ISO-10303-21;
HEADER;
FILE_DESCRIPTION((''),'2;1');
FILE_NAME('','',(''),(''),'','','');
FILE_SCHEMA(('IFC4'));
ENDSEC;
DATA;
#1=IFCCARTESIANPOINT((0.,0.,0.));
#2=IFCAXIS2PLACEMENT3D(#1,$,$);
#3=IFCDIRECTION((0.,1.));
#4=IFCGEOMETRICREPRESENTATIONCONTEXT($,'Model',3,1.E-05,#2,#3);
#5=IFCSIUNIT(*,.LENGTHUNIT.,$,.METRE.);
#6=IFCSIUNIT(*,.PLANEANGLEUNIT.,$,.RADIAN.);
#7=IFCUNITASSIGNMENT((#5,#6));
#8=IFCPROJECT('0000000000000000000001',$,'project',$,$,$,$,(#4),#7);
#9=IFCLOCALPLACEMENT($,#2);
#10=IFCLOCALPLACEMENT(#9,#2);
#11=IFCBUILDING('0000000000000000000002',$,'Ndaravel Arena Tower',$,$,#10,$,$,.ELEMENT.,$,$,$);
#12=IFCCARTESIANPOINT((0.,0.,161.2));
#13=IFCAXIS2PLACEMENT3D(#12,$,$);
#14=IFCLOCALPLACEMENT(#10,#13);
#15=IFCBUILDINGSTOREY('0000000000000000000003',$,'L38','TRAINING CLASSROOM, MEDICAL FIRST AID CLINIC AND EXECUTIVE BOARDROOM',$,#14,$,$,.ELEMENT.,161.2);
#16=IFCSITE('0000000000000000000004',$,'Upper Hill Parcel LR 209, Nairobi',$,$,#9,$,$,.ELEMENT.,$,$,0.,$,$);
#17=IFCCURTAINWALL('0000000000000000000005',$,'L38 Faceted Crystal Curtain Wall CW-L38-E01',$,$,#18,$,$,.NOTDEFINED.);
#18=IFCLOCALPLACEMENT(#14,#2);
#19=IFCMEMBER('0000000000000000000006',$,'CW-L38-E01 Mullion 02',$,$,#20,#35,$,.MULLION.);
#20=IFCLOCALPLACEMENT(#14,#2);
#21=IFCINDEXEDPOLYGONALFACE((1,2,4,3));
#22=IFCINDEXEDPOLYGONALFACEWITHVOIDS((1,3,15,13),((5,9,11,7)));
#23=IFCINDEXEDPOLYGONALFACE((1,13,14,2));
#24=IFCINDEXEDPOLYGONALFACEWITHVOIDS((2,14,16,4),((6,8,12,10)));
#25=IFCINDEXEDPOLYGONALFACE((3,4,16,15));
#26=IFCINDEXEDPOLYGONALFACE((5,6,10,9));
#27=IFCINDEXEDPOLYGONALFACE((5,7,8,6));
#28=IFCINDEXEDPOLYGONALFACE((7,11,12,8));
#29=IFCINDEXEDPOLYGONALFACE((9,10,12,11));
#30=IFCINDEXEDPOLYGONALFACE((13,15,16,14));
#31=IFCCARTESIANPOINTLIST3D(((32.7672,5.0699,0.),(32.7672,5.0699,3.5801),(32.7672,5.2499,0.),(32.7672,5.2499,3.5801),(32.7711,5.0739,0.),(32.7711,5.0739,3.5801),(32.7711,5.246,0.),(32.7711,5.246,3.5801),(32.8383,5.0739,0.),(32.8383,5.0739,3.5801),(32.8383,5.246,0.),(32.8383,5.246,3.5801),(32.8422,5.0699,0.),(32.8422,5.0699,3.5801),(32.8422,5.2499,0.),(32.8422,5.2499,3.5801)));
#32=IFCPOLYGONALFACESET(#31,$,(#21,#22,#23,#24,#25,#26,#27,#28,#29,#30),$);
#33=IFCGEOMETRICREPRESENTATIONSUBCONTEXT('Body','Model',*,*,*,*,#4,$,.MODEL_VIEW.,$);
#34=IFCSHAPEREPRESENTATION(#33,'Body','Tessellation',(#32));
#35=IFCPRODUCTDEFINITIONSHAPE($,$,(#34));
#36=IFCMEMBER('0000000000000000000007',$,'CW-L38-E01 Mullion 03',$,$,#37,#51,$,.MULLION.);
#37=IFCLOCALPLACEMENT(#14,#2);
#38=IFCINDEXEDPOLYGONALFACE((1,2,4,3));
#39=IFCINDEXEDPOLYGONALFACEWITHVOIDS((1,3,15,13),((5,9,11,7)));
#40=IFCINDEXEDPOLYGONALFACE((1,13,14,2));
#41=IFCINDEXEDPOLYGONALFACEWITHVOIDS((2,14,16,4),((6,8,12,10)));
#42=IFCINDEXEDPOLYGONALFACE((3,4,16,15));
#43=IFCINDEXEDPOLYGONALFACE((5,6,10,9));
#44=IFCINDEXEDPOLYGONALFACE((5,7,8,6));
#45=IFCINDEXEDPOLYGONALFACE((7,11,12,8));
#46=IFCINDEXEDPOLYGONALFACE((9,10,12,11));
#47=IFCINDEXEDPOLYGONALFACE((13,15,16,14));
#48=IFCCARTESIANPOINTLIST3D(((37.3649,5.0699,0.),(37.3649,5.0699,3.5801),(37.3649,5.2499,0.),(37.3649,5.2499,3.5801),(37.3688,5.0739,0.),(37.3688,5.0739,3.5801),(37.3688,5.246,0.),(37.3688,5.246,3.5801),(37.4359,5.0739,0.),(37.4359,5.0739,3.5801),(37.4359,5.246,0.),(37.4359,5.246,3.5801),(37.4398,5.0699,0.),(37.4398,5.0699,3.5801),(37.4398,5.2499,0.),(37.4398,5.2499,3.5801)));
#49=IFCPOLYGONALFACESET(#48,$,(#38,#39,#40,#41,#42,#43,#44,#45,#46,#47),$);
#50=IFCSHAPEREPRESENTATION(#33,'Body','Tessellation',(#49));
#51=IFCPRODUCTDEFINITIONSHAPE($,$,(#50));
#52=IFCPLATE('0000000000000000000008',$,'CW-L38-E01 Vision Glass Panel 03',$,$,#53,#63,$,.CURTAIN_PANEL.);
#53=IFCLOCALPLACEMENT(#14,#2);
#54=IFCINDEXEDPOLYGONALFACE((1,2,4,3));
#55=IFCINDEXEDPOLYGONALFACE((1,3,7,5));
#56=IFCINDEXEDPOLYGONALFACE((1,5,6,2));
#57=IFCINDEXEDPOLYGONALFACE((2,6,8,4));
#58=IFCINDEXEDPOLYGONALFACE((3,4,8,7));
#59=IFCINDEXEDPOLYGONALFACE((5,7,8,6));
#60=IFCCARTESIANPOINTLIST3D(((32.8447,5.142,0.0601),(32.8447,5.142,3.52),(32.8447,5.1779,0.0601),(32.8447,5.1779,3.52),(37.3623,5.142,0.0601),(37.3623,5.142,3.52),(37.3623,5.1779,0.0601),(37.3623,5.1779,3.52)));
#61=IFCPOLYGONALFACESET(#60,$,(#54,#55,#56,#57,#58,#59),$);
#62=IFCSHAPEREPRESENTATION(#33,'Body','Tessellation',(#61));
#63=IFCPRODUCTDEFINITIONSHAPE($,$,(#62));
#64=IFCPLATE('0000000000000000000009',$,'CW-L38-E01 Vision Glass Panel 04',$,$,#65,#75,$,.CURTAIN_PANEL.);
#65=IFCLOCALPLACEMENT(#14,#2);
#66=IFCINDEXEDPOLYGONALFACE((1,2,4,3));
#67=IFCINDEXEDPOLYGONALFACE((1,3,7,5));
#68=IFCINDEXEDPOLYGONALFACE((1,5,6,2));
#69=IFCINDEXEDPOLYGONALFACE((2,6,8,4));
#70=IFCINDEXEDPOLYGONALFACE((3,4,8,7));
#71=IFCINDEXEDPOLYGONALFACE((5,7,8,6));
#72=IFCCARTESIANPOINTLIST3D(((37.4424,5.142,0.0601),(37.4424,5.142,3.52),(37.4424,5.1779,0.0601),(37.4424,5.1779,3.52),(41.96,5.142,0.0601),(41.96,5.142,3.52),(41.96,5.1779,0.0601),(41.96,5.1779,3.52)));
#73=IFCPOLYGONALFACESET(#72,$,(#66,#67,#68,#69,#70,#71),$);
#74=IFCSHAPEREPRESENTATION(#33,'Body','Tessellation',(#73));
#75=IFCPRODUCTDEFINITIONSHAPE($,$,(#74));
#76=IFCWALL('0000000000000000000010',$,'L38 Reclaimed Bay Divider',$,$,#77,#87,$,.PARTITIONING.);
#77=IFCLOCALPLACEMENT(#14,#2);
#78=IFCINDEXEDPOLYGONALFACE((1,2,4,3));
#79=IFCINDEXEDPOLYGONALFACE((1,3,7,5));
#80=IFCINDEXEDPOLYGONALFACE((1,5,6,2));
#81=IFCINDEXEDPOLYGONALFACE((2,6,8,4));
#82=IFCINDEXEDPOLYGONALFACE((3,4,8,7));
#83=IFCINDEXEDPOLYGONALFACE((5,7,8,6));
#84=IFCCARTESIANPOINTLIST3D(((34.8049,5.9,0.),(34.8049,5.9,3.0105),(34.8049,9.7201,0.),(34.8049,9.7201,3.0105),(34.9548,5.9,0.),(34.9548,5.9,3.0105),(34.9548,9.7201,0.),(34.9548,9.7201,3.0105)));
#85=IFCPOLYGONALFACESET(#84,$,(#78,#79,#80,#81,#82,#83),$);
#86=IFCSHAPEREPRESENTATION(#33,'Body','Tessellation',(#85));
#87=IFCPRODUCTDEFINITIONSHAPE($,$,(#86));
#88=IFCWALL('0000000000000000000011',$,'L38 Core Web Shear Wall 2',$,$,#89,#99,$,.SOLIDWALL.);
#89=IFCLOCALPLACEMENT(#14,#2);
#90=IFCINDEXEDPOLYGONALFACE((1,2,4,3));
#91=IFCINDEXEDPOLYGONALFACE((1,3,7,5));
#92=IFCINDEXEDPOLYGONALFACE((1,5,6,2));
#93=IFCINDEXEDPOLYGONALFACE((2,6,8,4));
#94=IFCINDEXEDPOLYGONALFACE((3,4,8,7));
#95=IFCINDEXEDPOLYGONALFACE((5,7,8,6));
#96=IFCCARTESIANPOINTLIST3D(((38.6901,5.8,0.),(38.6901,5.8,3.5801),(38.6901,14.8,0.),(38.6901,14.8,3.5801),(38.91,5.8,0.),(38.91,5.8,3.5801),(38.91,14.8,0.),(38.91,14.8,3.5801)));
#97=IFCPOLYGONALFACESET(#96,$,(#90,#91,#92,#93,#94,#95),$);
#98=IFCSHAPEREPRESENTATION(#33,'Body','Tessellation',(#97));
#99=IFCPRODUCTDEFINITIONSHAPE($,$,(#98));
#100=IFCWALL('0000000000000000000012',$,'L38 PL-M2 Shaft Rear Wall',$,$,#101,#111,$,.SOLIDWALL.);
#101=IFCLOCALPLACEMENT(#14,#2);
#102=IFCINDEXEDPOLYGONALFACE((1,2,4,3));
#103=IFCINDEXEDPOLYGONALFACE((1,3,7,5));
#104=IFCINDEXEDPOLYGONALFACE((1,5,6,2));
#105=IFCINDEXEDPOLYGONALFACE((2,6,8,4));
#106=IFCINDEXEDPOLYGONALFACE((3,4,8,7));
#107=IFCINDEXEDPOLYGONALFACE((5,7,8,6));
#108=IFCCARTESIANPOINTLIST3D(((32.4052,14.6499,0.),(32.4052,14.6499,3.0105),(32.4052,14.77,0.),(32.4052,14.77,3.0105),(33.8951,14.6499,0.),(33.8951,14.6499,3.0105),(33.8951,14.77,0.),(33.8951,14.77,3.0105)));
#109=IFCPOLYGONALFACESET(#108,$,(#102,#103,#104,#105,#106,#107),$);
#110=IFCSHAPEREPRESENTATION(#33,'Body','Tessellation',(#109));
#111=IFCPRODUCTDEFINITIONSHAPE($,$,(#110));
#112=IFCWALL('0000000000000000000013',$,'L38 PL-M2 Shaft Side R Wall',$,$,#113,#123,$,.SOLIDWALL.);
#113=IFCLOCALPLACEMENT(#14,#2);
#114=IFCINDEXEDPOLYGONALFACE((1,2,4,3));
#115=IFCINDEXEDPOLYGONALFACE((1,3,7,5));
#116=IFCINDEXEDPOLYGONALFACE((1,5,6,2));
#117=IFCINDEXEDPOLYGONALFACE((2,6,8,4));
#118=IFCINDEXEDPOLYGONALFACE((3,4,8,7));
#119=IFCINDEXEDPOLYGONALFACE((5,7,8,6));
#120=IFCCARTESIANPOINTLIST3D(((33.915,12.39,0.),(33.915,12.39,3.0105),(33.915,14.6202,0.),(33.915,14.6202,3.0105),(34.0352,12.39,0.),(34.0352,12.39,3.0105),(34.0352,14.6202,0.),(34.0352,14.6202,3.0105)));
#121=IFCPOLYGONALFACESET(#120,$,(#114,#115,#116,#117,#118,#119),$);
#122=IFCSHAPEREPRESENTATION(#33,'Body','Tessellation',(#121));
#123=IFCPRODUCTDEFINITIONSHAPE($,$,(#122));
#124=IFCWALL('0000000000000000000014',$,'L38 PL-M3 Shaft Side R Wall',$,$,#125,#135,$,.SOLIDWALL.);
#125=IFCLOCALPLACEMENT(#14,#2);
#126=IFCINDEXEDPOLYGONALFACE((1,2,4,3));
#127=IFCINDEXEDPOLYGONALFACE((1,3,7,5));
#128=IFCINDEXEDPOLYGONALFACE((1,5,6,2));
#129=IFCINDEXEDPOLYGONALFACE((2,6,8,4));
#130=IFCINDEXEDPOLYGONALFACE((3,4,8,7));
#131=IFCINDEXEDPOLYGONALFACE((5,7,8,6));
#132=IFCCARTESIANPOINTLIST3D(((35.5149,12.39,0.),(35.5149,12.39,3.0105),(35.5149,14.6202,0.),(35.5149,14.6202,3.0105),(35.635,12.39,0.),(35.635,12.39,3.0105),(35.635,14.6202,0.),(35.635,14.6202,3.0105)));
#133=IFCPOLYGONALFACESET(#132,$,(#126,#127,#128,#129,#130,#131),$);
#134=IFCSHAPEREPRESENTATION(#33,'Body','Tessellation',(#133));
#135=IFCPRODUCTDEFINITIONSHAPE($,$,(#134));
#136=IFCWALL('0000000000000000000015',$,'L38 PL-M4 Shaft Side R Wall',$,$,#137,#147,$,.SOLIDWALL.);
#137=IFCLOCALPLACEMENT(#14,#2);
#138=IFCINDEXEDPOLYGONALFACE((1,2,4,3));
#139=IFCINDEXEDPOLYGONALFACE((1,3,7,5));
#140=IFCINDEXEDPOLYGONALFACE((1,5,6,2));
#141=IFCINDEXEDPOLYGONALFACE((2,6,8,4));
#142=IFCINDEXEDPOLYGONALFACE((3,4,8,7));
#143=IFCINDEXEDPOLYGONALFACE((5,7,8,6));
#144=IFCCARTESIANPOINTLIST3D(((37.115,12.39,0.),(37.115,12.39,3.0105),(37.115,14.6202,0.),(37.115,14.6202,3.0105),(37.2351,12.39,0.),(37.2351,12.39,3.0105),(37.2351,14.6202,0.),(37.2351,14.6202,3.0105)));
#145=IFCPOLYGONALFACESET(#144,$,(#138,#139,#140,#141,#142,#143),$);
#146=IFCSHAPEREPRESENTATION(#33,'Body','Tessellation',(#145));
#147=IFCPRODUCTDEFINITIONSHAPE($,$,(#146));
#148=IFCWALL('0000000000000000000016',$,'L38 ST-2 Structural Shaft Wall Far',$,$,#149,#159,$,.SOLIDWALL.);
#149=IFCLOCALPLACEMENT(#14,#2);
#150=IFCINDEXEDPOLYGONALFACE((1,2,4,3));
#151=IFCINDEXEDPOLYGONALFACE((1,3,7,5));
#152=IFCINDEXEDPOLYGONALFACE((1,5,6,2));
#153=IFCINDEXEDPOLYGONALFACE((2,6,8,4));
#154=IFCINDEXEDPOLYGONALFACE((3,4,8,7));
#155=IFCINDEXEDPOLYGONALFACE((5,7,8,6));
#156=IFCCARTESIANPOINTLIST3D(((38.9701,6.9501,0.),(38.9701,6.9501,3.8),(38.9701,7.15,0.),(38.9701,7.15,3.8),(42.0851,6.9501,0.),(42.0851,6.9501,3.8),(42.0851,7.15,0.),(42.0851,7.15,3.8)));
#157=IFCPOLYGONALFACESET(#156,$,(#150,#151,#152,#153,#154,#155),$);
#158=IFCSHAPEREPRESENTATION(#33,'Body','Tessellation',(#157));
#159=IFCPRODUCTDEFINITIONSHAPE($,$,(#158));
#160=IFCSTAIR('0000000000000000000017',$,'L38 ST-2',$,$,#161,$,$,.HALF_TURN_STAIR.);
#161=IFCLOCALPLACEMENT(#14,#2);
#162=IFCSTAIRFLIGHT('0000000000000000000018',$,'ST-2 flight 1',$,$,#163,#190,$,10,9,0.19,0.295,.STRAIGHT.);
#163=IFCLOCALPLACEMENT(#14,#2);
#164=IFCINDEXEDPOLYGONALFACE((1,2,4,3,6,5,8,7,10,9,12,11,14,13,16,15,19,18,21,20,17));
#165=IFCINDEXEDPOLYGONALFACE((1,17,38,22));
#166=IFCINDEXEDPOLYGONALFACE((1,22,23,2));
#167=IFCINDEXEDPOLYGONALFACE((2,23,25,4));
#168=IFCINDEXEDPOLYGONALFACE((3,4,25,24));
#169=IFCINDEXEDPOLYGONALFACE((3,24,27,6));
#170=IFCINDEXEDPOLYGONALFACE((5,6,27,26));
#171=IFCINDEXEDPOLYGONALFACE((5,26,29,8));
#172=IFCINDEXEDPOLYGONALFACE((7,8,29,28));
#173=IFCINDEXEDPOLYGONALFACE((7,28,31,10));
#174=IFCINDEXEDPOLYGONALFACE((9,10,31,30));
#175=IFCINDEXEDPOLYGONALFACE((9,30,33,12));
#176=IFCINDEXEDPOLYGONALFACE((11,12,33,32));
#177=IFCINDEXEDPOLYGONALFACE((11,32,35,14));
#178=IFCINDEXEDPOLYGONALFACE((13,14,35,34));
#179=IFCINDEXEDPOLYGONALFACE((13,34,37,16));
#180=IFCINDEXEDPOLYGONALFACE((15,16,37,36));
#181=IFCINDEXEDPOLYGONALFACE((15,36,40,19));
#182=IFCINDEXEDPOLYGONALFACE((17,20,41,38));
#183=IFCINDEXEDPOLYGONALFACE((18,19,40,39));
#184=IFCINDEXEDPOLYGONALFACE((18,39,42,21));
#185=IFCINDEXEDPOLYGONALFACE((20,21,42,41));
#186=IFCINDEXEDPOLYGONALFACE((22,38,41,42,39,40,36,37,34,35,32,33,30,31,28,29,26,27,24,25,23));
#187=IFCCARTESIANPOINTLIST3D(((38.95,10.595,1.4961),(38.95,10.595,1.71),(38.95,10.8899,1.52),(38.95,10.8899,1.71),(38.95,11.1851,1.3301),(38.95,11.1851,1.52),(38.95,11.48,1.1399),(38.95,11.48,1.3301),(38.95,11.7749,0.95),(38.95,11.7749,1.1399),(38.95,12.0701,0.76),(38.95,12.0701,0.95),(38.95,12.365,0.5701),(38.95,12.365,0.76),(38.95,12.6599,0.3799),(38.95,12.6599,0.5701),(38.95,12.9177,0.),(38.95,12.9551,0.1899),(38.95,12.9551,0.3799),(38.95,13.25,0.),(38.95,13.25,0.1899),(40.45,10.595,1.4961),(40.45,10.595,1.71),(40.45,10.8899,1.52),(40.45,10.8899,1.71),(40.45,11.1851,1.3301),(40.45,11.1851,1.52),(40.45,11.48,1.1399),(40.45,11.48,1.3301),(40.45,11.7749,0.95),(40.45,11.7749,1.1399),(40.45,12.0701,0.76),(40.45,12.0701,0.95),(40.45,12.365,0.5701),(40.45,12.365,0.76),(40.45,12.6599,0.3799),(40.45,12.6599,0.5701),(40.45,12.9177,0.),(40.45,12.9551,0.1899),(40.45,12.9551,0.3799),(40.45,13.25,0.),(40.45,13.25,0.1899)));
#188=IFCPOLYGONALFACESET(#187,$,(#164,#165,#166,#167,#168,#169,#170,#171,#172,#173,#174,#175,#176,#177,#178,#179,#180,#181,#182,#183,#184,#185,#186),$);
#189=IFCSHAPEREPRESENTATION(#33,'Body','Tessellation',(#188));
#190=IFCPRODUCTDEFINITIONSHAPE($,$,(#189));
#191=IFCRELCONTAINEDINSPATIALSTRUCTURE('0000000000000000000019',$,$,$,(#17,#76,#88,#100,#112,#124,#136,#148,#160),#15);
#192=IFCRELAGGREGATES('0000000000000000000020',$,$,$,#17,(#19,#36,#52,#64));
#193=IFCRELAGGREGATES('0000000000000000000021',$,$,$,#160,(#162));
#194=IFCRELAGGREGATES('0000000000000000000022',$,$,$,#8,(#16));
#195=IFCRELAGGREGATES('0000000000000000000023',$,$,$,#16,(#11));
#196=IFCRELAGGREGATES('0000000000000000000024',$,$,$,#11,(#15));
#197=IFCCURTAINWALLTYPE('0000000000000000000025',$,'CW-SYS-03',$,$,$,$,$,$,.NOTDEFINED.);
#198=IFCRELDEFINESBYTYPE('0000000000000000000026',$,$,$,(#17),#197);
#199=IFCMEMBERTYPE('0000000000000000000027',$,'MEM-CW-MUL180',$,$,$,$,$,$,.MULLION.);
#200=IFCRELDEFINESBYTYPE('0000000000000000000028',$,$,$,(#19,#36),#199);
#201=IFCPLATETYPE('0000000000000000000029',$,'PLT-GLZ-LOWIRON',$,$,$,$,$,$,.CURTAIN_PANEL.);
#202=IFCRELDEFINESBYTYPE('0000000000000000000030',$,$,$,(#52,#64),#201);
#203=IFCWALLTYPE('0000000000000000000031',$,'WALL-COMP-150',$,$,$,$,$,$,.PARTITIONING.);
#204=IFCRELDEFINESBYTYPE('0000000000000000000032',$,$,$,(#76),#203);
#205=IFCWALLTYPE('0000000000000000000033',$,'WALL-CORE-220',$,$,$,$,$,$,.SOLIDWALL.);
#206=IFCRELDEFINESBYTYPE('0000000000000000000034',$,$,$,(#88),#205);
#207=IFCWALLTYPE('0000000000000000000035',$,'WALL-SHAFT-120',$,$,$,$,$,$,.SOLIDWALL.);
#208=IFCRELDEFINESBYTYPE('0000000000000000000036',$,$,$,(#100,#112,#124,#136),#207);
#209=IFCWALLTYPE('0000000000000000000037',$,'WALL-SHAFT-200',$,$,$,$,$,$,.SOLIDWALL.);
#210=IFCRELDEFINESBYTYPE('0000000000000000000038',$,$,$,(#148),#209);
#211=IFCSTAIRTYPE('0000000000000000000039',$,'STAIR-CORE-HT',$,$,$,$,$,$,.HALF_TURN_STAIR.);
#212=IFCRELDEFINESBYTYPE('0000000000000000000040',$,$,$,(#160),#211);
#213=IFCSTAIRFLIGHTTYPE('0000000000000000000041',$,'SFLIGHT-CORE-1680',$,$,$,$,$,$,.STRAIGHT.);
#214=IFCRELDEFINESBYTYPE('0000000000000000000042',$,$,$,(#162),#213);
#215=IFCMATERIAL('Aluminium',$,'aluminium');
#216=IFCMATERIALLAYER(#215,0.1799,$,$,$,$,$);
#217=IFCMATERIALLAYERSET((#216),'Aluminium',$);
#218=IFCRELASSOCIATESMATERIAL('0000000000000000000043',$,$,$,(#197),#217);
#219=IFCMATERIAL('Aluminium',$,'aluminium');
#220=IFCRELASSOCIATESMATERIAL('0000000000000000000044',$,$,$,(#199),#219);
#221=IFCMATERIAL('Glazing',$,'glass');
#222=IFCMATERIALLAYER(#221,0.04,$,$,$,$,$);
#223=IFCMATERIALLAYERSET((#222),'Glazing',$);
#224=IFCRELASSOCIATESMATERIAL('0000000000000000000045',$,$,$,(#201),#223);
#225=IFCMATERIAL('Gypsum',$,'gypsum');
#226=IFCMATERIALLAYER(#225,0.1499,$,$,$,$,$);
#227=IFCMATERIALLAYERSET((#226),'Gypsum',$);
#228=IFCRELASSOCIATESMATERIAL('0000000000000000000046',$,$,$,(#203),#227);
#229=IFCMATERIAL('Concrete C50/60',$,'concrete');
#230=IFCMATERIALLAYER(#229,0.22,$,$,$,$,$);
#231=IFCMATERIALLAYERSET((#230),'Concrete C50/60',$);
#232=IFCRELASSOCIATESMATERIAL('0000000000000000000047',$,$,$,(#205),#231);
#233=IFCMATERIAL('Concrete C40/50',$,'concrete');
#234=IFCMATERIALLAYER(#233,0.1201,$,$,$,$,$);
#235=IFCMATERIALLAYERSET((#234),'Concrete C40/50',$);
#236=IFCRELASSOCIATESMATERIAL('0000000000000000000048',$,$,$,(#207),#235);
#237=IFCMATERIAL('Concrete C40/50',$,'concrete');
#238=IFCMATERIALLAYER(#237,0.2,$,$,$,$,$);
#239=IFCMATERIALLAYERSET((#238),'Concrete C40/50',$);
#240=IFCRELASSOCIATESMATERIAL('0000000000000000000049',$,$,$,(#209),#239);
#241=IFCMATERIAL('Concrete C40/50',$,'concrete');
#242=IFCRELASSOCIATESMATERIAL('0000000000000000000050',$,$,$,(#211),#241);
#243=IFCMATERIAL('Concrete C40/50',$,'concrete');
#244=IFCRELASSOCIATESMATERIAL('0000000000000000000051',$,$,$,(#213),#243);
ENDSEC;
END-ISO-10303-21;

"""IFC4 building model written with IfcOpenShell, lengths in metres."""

from ifc_helpers import new_model, si_unit, direction, frame, frame_2d, origin, origin_2d, place, context, subcontext, project, spatial, polyline, rectangle, hollow_rectangle, outline, extrude, material, layer, layer_set, material_profile, profile_set, type_object, element, aggregate, save


model = new_model("IFC4")

# Units and contexts
model_context = context("Model", 3, precision=1e-05, world=origin(), true_north=direction((0.0, 1.0)))
body_context = subcontext(model_context, "Body", "Model", "MODEL_VIEW")
ifc_project = project(units=[si_unit("LENGTHUNIT", "METRE"), si_unit("PLANEANGLEUNIT", "RADIAN")], contexts=[model_context])

# Site, building, storey
site_placement = place(None, origin())
site = spatial("IfcSite", under=ifc_project, at=site_placement, Name="Upper Hill Parcel LR 209, Nairobi", CompositionType="ELEMENT", RefElevation=0.0)
building_placement = place(site_placement, origin())
building = spatial("IfcBuilding", under=site, at=building_placement, Name="Ndaravel Arena Tower", CompositionType="ELEMENT")
storey_placement = place(building_placement, frame((0.0, 0.0, 161.2)))
storey = spatial("IfcBuildingStorey", under=building, at=storey_placement, Name="L38", Description="TRAINING CLASSROOM, MEDICAL FIRST AID CLINIC AND EXECUTIVE BOARDROOM", CompositionType="ELEMENT", Elevation=161.2)

# Curtain wall, members, plates
ifc_material_1 = material(Name="Aluminium", Category="aluminium")
ifc_layer_1 = layer(ifc_material_1, 0.1799)
ifc_layer_set_1 = layer_set([ifc_layer_1], Name="Aluminium")
curtain_wall_type = type_object("IfcCurtainWallType", Name="CW-SYS-03", PredefinedType="NOTDEFINED", material=ifc_layer_set_1)
curtain_wall_placement = place(storey_placement, origin())
curtain_wall = element("IfcCurtainWall", 1, at=curtain_wall_placement, inside=storey, type_object=curtain_wall_type, Name="L38 Faceted Crystal Curtain Wall CW-L38-E01", PredefinedType="NOTDEFINED")
ifc_material_2 = material(Name="Aluminium", Category="aluminium")
ifc_material_profile = material_profile(ifc_material_2, hollow_rectangle(XDim=0.075, YDim=0.1799, WallThickness=0.0039, at=origin_2d()), Name="CW MULLION 75x180x4")
ifc_profile_set = profile_set([ifc_material_profile], Name="Aluminium")
member_type = type_object("IfcMemberType", Name="MEM-CW-MUL180", PredefinedType="MULLION", material=ifc_profile_set)
member_1_placement = place(storey_placement, frame((32.8047, 5.1599, 0.0), z_axis=(0.0, 0.0, 1.0), x_axis=(1.0, 0.0, 0.0)))
member_1 = element("IfcMember", 2, at=member_1_placement, type_object=member_type, Name="CW-L38-E01 Mullion 02", PredefinedType="MULLION", context=body_context, shape_type="SweptSolid", body=[
    extrude(hollow_rectangle(XDim=0.075, YDim=0.1799, WallThickness=0.0039, at=origin_2d()), origin(), (0.0, 0.0, 1.0), 3.5801),
])
member_2_placement = place(storey_placement, frame((37.4023, 5.1599, 0.0), z_axis=(0.0, 0.0, 1.0), x_axis=(1.0, 0.0, 0.0)))
member_2 = element("IfcMember", 3, at=member_2_placement, type_object=member_type, Name="CW-L38-E01 Mullion 03", PredefinedType="MULLION", context=body_context, shape_type="SweptSolid", body=[
    extrude(hollow_rectangle(XDim=0.075, YDim=0.1799, WallThickness=0.0039, at=origin_2d()), origin(), (0.0, 0.0, 1.0), 3.5801),
])
ifc_material_3 = material(Name="Glazing", Category="glass")
ifc_layer_2 = layer(ifc_material_3, 0.04)
ifc_layer_set_2 = layer_set([ifc_layer_2], Name="Glazing")
plate_type = type_object("IfcPlateType", Name="PLT-GLZ-LOWIRON", PredefinedType="CURTAIN_PANEL", material=ifc_layer_set_2)
plate_1_placement = place(storey_placement, frame((35.1035, 5.1599, 0.0601), z_axis=(0.0, 0.0, 1.0), x_axis=(1.0, 0.0, 0.0)))
plate_1 = element("IfcPlate", 4, at=plate_1_placement, type_object=plate_type, Name="CW-L38-E01 Vision Glass Panel 03", PredefinedType="CURTAIN_PANEL", context=body_context, shape_type="SweptSolid", body=[
    extrude(rectangle(XDim=4.5176, YDim=0.0359, at=origin_2d()), origin(), (0.0, 0.0, 1.0), 3.46),
])
plate_2_placement = place(storey_placement, frame((39.7012, 5.1599, 0.0601), z_axis=(0.0, 0.0, 1.0), x_axis=(1.0, 0.0, 0.0)))
plate_2 = element("IfcPlate", 5, at=plate_2_placement, type_object=plate_type, Name="CW-L38-E01 Vision Glass Panel 04", PredefinedType="CURTAIN_PANEL", context=body_context, shape_type="SweptSolid", body=[
    extrude(rectangle(XDim=4.5176, YDim=0.0359, at=origin_2d()), origin(), (0.0, 0.0, 1.0), 3.46),
])
aggregate(curtain_wall, [member_1, member_2, plate_1, plate_2])

# Walls
ifc_material_4 = material(Name="Gypsum", Category="gypsum")
ifc_layer_3 = layer(ifc_material_4, 0.1499)
ifc_layer_set_3 = layer_set([ifc_layer_3], Name="Gypsum")
wall_type_1 = type_object("IfcWallType", Name="WALL-COMP-150", PredefinedType="PARTITIONING", material=ifc_layer_set_3)
wall_1_placement = place(storey_placement, frame((34.8799, 5.8999, 0.0), z_axis=(0.0, 0.0, 1.0), x_axis=(0.0, 1.0, 0.0)))
element("IfcWall", 6, at=wall_1_placement, inside=storey, type_object=wall_type_1, Name="L38 Reclaimed Bay Divider", PredefinedType="PARTITIONING", context=body_context, shape_type="SweptSolid", body=[
    extrude(rectangle(XDim=3.8201, YDim=0.1499, at=frame_2d((1.9102, 0.0))), origin(), (0.0, 0.0, 1.0), 3.0105),
])
ifc_material_5 = material(Name="Concrete C50/60", Category="concrete")
ifc_layer_4 = layer(ifc_material_5, 0.22)
ifc_layer_set_4 = layer_set([ifc_layer_4], Name="Concrete C50/60")
wall_type_2 = type_object("IfcWallType", Name="WALL-CORE-220", PredefinedType="SOLIDWALL", material=ifc_layer_set_4)
wall_2_placement = place(storey_placement, frame((38.8, 5.8, 0.0), z_axis=(0.0, 0.0, 1.0), x_axis=(0.0, 1.0, 0.0)))
element("IfcWall", 7, at=wall_2_placement, inside=storey, type_object=wall_type_2, Name="L38 Core Web Shear Wall 2", PredefinedType="SOLIDWALL", context=body_context, shape_type="SweptSolid", body=[
    extrude(rectangle(XDim=9.0, YDim=0.22, at=frame_2d((4.5, 0.0))), origin(), (0.0, 0.0, 1.0), 3.5801),
])
ifc_material_6 = material(Name="Concrete C40/50", Category="concrete")
ifc_layer_5 = layer(ifc_material_6, 0.1201)
ifc_layer_set_5 = layer_set([ifc_layer_5], Name="Concrete C40/50")
wall_type_3 = type_object("IfcWallType", Name="WALL-SHAFT-120", PredefinedType="SOLIDWALL", material=ifc_layer_set_5)
wall_3_placement = place(storey_placement, frame((32.405, 14.71, 0.0), z_axis=(0.0, 0.0, 1.0), x_axis=(1.0, 0.0, 0.0)))
element("IfcWall", 8, at=wall_3_placement, inside=storey, type_object=wall_type_3, Name="L38 PL-M2 Shaft Rear Wall", PredefinedType="SOLIDWALL", context=body_context, shape_type="SweptSolid", body=[
    extrude(rectangle(XDim=1.49, YDim=0.1201, at=frame_2d((0.7451, 0.0))), origin(), (0.0, 0.0, 1.0), 3.0105),
])
for number, where, z_axis, x_axis, name in (
    (9, (33.9751, 12.3899, 0.0), (0.0, 0.0, 1.0), (0.0, 1.0, 0.0), "L38 PL-M2 Shaft Side R Wall"),
    (10, (35.575, 12.3899, 0.0), (0.0, 0.0, 1.0), (0.0, 1.0, 0.0), "L38 PL-M3 Shaft Side R Wall"),
    (11, (37.175, 12.3899, 0.0), (0.0, 0.0, 1.0), (0.0, 1.0, 0.0), "L38 PL-M4 Shaft Side R Wall"),
):
    element("IfcWall", number, at=place(storey_placement, frame(where, z_axis=z_axis, x_axis=x_axis)), inside=storey, type_object=wall_type_3, Name=name, PredefinedType="SOLIDWALL", context=body_context, shape_type="SweptSolid", body=[
        extrude(rectangle(XDim=2.2302, YDim=0.1201, at=frame_2d((1.1152, 0.0))), origin(), (0.0, 0.0, 1.0), 3.0105),
    ])
ifc_material_7 = material(Name="Concrete C40/50", Category="concrete")
ifc_layer_6 = layer(ifc_material_7, 0.2)
ifc_layer_set_6 = layer_set([ifc_layer_6], Name="Concrete C40/50")
wall_type_4 = type_object("IfcWallType", Name="WALL-SHAFT-200", PredefinedType="SOLIDWALL", material=ifc_layer_set_6)
wall_4_placement = place(storey_placement, frame((38.97, 7.05, 0.0), z_axis=(0.0, 0.0, 1.0), x_axis=(1.0, 0.0, 0.0)))
element("IfcWall", 12, at=wall_4_placement, inside=storey, type_object=wall_type_4, Name="L38 ST-2 Structural Shaft Wall Far", PredefinedType="SOLIDWALL", context=body_context, shape_type="SweptSolid", body=[
    extrude(rectangle(XDim=3.115, YDim=0.2, at=frame_2d((1.5576, 0.0))), origin(), (0.0, 0.0, 1.0), 3.8),
])

# Stair, stair flight
ifc_material_8 = material(Name="Concrete C40/50", Category="concrete")
stair_type = type_object("IfcStairType", Name="STAIR-CORE-HT", PredefinedType="HALF_TURN_STAIR", material=ifc_material_8)
stair_placement = place(storey_placement, origin())
stair = element("IfcStair", 13, at=stair_placement, inside=storey, type_object=stair_type, Name="L38 ST-2", PredefinedType="HALF_TURN_STAIR")
ifc_material_9 = material(Name="Concrete C40/50", Category="concrete")
stair_flight_type = type_object("IfcStairFlightType", Name="SFLIGHT-CORE-1680", PredefinedType="STRAIGHT", material=ifc_material_9)
stair_flight_1_placement = place(storey_placement, frame((39.7, 13.25, 0.0), z_axis=(0.0, 0.0, 1.0), x_axis=(0.0, -1.0, 0.0)))
stair_flight_1 = element("IfcStairFlight", 14, at=stair_flight_1_placement, type_object=stair_flight_type, Name="ST-2 flight 1", NumberOfRisers=10, NumberOfTreads=9, PredefinedType="STRAIGHT", RiserHeight=0.19, TreadLength=0.295, context=body_context, shape_type="SweptSolid", body=[
    extrude(outline(polyline([(0.0, 0.0), (0.0, 0.1899), (0.2949, 0.1899), (0.2949, 0.3799), (0.5901, 0.3799), (0.5901, 0.5701), (0.885, 0.5701), (0.885, 0.76), (1.1799, 0.76), (1.1799, 0.95), (1.4751, 0.95), (1.4751, 1.1399), (1.77, 1.1399), (1.77, 1.3301), (2.0649, 1.3301), (2.0649, 1.52), (2.3601, 1.52), (2.3601, 1.71), (2.655, 1.71), (2.655, 1.8999), (2.655, 1.4961), (0.3323, 0.0), (0.0, 0.0)])), frame((0.0, 0.75, 0.0), z_axis=(0.0, -1.0, 0.0), x_axis=(1.0, 0.0, 0.0)), (0.0, 0.0, 1.0), 1.5),
])
aggregate(stair, [stair_flight_1])

save(model, "model.ifc")
